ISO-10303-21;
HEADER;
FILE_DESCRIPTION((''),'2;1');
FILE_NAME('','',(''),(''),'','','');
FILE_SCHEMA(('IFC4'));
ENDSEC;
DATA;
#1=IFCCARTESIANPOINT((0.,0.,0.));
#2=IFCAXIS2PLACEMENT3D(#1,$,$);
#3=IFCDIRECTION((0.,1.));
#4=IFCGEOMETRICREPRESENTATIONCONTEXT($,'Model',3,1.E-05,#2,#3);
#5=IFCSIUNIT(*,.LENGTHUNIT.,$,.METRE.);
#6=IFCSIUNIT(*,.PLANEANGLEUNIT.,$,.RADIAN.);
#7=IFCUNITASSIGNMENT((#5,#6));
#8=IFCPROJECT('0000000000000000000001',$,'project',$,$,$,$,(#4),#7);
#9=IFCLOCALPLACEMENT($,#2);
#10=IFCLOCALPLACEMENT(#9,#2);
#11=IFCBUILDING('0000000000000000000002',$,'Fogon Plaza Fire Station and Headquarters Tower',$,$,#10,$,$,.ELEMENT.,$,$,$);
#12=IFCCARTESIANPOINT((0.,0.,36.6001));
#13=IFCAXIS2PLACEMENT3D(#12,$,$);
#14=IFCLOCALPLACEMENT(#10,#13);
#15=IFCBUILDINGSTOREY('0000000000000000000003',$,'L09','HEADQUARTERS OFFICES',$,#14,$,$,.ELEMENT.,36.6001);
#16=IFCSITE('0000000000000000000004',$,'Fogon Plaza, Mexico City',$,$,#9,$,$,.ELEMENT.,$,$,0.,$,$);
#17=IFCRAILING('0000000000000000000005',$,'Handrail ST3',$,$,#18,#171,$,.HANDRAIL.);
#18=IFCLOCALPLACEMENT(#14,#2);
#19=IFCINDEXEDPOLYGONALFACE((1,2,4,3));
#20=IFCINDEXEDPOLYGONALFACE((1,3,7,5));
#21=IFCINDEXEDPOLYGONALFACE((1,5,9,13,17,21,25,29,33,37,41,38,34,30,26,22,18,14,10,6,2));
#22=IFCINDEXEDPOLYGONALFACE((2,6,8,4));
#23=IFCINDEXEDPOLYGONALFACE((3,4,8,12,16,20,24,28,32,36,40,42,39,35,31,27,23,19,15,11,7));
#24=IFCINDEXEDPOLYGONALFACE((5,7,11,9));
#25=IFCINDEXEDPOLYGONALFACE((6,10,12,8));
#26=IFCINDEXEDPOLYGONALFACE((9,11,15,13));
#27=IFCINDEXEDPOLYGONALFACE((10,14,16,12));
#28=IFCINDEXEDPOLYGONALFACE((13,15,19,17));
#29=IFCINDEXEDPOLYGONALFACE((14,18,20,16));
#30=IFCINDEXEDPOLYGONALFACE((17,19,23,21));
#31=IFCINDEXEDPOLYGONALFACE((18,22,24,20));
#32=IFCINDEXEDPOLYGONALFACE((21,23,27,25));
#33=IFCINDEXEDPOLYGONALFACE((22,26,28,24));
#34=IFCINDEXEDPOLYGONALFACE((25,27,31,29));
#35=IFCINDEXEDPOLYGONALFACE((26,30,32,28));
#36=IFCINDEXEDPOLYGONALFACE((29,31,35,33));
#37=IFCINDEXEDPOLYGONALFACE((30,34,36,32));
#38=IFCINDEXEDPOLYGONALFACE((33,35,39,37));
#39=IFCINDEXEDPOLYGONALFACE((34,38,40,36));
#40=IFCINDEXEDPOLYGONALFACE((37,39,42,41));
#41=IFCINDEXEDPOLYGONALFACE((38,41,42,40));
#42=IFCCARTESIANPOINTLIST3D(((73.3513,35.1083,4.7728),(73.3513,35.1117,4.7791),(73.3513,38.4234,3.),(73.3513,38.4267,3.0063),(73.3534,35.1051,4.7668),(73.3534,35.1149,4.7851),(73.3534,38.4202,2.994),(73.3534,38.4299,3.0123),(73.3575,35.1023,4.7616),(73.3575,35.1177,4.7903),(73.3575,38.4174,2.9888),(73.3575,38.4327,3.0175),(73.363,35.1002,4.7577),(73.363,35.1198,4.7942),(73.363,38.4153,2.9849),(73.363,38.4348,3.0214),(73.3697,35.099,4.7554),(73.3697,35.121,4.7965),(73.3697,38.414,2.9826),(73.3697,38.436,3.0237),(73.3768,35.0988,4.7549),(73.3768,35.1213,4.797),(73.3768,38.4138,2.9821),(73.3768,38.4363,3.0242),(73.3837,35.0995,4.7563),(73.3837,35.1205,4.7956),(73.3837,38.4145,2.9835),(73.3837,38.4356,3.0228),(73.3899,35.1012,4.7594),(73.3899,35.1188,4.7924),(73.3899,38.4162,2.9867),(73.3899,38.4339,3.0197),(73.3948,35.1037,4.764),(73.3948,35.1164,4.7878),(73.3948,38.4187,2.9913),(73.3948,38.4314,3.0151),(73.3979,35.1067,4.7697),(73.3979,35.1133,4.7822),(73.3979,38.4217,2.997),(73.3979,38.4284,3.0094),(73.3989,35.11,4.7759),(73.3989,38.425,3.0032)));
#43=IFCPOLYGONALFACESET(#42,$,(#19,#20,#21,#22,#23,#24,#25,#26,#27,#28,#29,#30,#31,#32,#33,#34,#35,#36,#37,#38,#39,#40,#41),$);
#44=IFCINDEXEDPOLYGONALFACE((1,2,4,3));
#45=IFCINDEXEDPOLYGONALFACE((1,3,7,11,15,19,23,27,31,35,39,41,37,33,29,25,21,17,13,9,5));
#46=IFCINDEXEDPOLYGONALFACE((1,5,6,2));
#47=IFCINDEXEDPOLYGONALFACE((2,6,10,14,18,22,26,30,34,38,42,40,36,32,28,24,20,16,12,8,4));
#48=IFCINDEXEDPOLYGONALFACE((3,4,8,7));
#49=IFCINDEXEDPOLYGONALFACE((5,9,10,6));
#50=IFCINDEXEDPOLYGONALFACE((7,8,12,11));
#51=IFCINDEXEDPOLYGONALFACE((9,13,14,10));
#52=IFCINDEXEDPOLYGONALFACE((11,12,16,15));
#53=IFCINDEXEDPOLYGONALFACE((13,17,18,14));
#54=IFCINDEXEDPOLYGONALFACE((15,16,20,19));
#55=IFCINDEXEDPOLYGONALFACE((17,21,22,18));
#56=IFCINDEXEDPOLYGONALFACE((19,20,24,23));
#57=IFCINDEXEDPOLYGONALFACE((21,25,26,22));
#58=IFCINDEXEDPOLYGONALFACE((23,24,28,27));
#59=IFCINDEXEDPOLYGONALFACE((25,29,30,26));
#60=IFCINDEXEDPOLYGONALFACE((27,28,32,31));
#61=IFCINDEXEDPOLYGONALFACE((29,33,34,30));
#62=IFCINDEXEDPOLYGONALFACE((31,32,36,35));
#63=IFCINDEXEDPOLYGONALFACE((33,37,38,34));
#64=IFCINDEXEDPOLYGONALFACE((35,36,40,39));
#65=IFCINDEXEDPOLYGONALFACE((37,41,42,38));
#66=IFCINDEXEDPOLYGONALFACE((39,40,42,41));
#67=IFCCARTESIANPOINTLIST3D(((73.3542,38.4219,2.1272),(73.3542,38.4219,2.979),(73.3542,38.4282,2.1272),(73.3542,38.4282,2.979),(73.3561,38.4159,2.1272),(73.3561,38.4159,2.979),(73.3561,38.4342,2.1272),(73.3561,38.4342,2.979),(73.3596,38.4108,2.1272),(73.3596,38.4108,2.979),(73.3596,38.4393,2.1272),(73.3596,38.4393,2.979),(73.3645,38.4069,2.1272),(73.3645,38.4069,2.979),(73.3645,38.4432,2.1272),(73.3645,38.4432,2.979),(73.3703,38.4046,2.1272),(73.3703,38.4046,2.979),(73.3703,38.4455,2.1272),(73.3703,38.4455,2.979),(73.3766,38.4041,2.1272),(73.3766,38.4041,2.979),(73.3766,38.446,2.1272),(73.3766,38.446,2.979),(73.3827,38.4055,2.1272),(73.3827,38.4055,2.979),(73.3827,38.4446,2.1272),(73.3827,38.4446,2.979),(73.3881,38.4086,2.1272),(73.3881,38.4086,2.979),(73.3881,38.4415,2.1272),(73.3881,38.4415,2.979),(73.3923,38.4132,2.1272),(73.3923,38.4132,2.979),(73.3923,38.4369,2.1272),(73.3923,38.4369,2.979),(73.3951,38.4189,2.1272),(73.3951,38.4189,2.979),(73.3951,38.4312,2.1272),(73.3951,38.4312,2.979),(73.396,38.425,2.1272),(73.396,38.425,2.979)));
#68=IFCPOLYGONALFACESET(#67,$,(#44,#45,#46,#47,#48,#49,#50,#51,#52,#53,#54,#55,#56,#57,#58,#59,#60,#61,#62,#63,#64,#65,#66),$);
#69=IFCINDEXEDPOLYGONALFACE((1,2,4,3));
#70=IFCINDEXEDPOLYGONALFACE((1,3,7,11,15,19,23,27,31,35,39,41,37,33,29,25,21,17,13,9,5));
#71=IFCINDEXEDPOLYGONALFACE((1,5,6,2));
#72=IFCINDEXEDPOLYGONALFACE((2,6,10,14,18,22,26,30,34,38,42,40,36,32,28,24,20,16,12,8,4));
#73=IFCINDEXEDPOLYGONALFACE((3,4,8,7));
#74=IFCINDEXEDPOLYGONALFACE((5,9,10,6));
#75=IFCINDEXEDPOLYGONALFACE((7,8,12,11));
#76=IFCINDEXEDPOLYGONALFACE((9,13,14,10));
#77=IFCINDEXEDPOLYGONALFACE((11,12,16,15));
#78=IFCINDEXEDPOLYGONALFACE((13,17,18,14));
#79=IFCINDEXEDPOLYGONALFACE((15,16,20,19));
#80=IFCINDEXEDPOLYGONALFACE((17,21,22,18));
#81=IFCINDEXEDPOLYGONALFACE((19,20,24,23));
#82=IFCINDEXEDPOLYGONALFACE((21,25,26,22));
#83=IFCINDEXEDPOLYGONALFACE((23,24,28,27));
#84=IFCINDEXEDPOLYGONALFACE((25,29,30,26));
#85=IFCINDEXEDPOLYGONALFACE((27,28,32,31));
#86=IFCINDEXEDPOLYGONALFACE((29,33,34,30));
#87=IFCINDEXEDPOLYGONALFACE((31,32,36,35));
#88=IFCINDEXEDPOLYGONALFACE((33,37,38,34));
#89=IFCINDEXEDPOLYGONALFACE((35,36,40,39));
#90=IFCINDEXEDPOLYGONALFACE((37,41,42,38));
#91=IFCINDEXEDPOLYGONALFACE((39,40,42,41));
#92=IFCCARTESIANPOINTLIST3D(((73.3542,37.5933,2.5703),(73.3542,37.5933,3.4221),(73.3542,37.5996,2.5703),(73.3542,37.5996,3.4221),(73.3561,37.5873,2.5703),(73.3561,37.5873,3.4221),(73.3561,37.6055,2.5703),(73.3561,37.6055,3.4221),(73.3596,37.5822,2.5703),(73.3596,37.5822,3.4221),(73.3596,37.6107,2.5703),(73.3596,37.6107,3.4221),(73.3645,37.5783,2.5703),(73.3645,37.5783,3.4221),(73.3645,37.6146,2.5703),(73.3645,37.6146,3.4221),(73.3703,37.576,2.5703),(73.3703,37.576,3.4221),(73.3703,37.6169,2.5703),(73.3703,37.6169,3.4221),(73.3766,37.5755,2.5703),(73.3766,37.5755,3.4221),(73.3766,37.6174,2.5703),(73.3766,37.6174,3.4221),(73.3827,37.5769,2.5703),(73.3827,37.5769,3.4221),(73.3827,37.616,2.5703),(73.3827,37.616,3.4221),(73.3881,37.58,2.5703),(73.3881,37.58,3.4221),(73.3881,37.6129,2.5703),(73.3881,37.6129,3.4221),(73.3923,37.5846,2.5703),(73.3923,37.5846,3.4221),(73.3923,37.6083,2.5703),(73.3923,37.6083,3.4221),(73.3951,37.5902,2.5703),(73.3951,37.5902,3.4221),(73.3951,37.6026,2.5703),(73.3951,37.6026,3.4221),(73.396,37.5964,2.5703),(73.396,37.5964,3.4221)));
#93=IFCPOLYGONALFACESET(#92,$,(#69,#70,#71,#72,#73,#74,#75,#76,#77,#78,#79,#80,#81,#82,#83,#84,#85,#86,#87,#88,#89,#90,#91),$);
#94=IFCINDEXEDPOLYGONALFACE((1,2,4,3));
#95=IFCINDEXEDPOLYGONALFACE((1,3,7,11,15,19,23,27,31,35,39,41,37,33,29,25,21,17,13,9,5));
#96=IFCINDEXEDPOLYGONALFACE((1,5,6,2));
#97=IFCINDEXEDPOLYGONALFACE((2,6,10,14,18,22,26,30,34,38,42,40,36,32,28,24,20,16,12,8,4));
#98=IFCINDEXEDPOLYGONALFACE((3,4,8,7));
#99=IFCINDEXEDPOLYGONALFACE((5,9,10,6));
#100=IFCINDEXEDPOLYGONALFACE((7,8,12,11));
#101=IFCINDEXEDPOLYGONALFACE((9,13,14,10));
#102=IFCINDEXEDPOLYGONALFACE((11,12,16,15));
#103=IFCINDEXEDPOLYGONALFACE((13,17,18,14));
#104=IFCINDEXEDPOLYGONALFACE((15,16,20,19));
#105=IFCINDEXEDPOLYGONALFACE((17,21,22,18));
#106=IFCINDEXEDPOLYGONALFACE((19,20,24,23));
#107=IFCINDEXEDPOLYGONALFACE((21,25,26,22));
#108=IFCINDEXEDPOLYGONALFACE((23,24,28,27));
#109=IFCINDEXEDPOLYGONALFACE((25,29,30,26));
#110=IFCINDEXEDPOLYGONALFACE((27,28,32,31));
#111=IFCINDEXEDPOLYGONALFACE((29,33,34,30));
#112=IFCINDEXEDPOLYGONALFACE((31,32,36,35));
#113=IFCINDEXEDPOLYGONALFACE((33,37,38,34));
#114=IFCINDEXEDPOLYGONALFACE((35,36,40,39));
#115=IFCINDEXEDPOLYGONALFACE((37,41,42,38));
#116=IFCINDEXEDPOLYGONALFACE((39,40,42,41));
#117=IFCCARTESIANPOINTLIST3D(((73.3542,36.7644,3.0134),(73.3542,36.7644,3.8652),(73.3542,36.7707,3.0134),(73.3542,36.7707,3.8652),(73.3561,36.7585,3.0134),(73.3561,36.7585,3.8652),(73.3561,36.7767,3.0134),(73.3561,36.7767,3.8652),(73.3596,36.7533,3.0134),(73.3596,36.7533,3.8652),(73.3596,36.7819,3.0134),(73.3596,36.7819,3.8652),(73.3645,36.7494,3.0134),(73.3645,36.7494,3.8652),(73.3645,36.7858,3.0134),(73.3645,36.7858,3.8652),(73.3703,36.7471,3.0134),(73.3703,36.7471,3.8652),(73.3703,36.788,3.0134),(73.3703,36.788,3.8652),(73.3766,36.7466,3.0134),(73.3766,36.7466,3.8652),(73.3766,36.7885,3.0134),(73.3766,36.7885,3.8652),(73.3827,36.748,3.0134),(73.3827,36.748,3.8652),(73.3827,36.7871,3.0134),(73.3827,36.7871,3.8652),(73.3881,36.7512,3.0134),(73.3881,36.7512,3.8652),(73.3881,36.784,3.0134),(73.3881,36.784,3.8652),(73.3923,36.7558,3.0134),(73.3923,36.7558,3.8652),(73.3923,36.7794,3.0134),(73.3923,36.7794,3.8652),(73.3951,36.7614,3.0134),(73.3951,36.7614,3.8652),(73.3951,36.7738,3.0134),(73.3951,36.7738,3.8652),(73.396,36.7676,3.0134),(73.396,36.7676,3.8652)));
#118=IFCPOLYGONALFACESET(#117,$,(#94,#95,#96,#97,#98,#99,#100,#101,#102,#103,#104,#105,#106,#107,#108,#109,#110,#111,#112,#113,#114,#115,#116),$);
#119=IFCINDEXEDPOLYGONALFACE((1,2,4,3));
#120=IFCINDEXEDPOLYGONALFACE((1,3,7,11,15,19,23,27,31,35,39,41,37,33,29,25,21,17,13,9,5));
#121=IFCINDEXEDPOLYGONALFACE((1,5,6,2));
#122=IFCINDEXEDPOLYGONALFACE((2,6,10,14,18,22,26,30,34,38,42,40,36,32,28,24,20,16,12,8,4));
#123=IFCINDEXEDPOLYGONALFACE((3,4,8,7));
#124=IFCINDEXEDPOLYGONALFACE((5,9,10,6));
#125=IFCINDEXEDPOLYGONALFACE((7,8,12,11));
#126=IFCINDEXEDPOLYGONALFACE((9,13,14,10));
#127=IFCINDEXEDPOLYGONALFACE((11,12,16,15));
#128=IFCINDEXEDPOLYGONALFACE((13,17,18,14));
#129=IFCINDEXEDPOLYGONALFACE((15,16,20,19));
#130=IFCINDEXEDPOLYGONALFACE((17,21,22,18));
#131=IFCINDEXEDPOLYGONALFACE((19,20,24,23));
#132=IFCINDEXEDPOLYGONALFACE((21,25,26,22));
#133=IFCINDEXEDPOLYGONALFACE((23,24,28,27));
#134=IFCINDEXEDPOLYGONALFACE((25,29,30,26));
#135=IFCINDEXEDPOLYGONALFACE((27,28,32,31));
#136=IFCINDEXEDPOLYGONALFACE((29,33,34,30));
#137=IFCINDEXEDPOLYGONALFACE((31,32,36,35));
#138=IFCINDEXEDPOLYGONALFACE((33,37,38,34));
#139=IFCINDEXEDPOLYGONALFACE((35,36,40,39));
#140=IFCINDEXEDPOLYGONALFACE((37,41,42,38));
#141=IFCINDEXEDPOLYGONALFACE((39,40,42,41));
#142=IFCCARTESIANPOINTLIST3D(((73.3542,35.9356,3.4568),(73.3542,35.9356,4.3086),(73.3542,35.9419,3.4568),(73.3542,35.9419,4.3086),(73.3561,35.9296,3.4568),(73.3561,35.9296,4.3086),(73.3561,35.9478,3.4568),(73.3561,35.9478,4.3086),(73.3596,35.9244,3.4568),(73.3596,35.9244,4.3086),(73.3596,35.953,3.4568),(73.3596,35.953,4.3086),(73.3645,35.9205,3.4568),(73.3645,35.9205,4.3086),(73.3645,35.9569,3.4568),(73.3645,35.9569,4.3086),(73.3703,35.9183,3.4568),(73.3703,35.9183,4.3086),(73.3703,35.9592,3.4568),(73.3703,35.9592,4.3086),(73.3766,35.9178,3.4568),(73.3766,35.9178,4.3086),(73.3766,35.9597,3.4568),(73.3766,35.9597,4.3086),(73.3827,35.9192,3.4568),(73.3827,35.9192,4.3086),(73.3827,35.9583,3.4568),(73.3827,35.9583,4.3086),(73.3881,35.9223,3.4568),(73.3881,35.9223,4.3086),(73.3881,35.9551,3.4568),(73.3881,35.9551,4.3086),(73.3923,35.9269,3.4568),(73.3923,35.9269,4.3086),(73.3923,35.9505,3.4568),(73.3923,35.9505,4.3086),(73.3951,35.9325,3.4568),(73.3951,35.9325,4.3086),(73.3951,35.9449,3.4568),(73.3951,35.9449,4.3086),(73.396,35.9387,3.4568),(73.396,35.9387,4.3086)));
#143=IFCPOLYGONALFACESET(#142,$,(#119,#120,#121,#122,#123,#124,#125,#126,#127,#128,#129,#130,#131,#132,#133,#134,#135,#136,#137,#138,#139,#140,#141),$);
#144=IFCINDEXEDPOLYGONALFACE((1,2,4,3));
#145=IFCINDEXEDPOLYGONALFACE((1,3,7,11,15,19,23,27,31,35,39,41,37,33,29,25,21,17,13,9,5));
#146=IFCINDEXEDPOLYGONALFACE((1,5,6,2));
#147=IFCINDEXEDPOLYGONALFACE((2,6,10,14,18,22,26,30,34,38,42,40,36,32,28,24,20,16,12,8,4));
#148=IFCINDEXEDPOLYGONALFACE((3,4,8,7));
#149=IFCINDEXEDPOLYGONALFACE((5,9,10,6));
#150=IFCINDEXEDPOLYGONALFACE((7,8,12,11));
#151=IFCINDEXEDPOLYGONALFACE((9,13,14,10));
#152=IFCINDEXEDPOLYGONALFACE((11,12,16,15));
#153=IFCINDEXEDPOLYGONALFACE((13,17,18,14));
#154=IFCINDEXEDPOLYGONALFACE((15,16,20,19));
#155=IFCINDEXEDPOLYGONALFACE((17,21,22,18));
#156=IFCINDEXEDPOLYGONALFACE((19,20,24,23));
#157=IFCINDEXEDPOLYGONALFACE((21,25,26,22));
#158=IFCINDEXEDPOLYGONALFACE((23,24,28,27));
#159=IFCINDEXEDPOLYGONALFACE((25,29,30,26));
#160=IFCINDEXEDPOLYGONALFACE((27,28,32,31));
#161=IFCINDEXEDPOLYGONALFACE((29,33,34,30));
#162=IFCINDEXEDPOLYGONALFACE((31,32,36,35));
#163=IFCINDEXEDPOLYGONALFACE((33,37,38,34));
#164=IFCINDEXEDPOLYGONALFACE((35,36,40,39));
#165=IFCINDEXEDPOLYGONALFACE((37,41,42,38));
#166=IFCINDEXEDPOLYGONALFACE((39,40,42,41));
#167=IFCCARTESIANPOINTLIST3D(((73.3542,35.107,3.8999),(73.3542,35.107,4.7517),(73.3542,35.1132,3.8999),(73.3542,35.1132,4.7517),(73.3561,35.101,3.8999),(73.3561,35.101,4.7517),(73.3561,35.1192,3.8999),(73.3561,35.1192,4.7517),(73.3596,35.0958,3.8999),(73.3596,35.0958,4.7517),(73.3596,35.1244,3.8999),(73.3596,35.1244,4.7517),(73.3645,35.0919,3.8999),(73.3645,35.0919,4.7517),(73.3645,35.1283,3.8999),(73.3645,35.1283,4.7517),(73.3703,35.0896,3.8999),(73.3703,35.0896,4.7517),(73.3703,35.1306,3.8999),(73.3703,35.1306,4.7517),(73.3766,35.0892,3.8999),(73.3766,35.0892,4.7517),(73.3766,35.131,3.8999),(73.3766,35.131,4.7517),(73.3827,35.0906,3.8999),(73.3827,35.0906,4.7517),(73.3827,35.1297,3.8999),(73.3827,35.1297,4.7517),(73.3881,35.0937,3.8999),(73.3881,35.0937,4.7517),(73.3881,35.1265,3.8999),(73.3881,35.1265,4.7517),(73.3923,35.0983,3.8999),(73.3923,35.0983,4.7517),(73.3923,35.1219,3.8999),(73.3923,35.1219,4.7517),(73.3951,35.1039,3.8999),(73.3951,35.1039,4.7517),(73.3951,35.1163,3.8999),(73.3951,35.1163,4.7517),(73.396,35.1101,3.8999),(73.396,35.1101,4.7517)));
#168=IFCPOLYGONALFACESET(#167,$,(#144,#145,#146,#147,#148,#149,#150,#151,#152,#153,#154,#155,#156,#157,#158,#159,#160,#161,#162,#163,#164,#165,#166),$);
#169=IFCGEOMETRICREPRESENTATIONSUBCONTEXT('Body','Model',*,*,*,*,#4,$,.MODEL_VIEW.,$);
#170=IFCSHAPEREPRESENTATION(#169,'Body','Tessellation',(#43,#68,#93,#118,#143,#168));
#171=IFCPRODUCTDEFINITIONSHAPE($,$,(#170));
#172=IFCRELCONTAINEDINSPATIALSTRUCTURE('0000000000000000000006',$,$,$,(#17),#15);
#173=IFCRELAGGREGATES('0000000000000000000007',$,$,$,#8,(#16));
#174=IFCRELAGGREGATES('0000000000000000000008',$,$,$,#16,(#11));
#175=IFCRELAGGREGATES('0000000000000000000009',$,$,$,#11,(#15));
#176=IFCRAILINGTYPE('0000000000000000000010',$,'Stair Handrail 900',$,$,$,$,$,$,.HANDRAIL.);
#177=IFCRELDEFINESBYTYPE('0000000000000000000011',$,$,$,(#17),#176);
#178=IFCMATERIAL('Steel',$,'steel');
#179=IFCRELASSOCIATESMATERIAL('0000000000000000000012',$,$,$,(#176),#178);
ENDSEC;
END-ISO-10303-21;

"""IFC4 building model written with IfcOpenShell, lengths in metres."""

from ifc_helpers import new_model, si_unit, direction, frame, origin, origin_2d, place, context, subcontext, project, spatial, circle, extrude, material, type_object, element, save


model = new_model("IFC4")

# Units and contexts
model_context = context("Model", 3, precision=1e-05, world=origin(), true_north=direction((0.0, 1.0)))
body_context = subcontext(model_context, "Body", "Model", "MODEL_VIEW")
ifc_project = project(units=[si_unit("LENGTHUNIT", "METRE"), si_unit("PLANEANGLEUNIT", "RADIAN")], contexts=[model_context])

# Site, building, storey
site_placement = place(None, origin())
site = spatial("IfcSite", under=ifc_project, at=site_placement, Name="Fogon Plaza, Mexico City", CompositionType="ELEMENT", RefElevation=0.0)
building_placement = place(site_placement, origin())
building = spatial("IfcBuilding", under=site, at=building_placement, Name="Fogon Plaza Fire Station and Headquarters Tower", CompositionType="ELEMENT")
storey_placement = place(building_placement, frame((0.0, 0.0, 36.6001)))
storey = spatial("IfcBuildingStorey", under=building, at=storey_placement, Name="L09", Description="HEADQUARTERS OFFICES", CompositionType="ELEMENT", Elevation=36.6001)

# Railing
ifc_material_1 = material(Name="Steel", Category="steel")
railing_type = type_object("IfcRailingType", Name="Stair Handrail 900", PredefinedType="HANDRAIL", material=ifc_material_1)
for number, where, name in (
    (1, (73.375, 38.425, 2.1272), "Handrail ST3"),
):
    element("IfcRailing", number, at=place(storey_placement, frame(where)), inside=storey, type_object=railing_type, Name=name, PredefinedType="HANDRAIL", context=body_context, shape_type="SweptSolid", body=[
        extrude(circle(Radius=0.0239, at=origin_2d()), frame((0.0, 0.0, 0.876), z_axis=(0.0, -0.881829, 0.471569), x_axis=(1.0, 0.0, 0.0)), (0.0, 0.0, 1.0), 3.7593),
        extrude(circle(Radius=0.021, at=origin_2d()), origin(), (0.0, 0.0, 1.0), 0.8518),
        extrude(circle(Radius=0.021, at=origin_2d()), frame((0.0, -0.8286, 0.4431)), (0.0, 0.0, 1.0), 0.8518),
        extrude(circle(Radius=0.021, at=origin_2d()), frame((0.0, -1.6575, 0.8862)), (0.0, 0.0, 1.0), 0.8518),
        extrude(circle(Radius=0.021, at=origin_2d()), frame((0.0, -2.4863, 1.3296)), (0.0, 0.0, 1.0), 0.8518),
        extrude(circle(Radius=0.021, at=origin_2d()), frame((0.0, -3.3149, 1.7727)), (0.0, 0.0, 1.0), 0.8518),
    ])

save(model, "model.ifc")
